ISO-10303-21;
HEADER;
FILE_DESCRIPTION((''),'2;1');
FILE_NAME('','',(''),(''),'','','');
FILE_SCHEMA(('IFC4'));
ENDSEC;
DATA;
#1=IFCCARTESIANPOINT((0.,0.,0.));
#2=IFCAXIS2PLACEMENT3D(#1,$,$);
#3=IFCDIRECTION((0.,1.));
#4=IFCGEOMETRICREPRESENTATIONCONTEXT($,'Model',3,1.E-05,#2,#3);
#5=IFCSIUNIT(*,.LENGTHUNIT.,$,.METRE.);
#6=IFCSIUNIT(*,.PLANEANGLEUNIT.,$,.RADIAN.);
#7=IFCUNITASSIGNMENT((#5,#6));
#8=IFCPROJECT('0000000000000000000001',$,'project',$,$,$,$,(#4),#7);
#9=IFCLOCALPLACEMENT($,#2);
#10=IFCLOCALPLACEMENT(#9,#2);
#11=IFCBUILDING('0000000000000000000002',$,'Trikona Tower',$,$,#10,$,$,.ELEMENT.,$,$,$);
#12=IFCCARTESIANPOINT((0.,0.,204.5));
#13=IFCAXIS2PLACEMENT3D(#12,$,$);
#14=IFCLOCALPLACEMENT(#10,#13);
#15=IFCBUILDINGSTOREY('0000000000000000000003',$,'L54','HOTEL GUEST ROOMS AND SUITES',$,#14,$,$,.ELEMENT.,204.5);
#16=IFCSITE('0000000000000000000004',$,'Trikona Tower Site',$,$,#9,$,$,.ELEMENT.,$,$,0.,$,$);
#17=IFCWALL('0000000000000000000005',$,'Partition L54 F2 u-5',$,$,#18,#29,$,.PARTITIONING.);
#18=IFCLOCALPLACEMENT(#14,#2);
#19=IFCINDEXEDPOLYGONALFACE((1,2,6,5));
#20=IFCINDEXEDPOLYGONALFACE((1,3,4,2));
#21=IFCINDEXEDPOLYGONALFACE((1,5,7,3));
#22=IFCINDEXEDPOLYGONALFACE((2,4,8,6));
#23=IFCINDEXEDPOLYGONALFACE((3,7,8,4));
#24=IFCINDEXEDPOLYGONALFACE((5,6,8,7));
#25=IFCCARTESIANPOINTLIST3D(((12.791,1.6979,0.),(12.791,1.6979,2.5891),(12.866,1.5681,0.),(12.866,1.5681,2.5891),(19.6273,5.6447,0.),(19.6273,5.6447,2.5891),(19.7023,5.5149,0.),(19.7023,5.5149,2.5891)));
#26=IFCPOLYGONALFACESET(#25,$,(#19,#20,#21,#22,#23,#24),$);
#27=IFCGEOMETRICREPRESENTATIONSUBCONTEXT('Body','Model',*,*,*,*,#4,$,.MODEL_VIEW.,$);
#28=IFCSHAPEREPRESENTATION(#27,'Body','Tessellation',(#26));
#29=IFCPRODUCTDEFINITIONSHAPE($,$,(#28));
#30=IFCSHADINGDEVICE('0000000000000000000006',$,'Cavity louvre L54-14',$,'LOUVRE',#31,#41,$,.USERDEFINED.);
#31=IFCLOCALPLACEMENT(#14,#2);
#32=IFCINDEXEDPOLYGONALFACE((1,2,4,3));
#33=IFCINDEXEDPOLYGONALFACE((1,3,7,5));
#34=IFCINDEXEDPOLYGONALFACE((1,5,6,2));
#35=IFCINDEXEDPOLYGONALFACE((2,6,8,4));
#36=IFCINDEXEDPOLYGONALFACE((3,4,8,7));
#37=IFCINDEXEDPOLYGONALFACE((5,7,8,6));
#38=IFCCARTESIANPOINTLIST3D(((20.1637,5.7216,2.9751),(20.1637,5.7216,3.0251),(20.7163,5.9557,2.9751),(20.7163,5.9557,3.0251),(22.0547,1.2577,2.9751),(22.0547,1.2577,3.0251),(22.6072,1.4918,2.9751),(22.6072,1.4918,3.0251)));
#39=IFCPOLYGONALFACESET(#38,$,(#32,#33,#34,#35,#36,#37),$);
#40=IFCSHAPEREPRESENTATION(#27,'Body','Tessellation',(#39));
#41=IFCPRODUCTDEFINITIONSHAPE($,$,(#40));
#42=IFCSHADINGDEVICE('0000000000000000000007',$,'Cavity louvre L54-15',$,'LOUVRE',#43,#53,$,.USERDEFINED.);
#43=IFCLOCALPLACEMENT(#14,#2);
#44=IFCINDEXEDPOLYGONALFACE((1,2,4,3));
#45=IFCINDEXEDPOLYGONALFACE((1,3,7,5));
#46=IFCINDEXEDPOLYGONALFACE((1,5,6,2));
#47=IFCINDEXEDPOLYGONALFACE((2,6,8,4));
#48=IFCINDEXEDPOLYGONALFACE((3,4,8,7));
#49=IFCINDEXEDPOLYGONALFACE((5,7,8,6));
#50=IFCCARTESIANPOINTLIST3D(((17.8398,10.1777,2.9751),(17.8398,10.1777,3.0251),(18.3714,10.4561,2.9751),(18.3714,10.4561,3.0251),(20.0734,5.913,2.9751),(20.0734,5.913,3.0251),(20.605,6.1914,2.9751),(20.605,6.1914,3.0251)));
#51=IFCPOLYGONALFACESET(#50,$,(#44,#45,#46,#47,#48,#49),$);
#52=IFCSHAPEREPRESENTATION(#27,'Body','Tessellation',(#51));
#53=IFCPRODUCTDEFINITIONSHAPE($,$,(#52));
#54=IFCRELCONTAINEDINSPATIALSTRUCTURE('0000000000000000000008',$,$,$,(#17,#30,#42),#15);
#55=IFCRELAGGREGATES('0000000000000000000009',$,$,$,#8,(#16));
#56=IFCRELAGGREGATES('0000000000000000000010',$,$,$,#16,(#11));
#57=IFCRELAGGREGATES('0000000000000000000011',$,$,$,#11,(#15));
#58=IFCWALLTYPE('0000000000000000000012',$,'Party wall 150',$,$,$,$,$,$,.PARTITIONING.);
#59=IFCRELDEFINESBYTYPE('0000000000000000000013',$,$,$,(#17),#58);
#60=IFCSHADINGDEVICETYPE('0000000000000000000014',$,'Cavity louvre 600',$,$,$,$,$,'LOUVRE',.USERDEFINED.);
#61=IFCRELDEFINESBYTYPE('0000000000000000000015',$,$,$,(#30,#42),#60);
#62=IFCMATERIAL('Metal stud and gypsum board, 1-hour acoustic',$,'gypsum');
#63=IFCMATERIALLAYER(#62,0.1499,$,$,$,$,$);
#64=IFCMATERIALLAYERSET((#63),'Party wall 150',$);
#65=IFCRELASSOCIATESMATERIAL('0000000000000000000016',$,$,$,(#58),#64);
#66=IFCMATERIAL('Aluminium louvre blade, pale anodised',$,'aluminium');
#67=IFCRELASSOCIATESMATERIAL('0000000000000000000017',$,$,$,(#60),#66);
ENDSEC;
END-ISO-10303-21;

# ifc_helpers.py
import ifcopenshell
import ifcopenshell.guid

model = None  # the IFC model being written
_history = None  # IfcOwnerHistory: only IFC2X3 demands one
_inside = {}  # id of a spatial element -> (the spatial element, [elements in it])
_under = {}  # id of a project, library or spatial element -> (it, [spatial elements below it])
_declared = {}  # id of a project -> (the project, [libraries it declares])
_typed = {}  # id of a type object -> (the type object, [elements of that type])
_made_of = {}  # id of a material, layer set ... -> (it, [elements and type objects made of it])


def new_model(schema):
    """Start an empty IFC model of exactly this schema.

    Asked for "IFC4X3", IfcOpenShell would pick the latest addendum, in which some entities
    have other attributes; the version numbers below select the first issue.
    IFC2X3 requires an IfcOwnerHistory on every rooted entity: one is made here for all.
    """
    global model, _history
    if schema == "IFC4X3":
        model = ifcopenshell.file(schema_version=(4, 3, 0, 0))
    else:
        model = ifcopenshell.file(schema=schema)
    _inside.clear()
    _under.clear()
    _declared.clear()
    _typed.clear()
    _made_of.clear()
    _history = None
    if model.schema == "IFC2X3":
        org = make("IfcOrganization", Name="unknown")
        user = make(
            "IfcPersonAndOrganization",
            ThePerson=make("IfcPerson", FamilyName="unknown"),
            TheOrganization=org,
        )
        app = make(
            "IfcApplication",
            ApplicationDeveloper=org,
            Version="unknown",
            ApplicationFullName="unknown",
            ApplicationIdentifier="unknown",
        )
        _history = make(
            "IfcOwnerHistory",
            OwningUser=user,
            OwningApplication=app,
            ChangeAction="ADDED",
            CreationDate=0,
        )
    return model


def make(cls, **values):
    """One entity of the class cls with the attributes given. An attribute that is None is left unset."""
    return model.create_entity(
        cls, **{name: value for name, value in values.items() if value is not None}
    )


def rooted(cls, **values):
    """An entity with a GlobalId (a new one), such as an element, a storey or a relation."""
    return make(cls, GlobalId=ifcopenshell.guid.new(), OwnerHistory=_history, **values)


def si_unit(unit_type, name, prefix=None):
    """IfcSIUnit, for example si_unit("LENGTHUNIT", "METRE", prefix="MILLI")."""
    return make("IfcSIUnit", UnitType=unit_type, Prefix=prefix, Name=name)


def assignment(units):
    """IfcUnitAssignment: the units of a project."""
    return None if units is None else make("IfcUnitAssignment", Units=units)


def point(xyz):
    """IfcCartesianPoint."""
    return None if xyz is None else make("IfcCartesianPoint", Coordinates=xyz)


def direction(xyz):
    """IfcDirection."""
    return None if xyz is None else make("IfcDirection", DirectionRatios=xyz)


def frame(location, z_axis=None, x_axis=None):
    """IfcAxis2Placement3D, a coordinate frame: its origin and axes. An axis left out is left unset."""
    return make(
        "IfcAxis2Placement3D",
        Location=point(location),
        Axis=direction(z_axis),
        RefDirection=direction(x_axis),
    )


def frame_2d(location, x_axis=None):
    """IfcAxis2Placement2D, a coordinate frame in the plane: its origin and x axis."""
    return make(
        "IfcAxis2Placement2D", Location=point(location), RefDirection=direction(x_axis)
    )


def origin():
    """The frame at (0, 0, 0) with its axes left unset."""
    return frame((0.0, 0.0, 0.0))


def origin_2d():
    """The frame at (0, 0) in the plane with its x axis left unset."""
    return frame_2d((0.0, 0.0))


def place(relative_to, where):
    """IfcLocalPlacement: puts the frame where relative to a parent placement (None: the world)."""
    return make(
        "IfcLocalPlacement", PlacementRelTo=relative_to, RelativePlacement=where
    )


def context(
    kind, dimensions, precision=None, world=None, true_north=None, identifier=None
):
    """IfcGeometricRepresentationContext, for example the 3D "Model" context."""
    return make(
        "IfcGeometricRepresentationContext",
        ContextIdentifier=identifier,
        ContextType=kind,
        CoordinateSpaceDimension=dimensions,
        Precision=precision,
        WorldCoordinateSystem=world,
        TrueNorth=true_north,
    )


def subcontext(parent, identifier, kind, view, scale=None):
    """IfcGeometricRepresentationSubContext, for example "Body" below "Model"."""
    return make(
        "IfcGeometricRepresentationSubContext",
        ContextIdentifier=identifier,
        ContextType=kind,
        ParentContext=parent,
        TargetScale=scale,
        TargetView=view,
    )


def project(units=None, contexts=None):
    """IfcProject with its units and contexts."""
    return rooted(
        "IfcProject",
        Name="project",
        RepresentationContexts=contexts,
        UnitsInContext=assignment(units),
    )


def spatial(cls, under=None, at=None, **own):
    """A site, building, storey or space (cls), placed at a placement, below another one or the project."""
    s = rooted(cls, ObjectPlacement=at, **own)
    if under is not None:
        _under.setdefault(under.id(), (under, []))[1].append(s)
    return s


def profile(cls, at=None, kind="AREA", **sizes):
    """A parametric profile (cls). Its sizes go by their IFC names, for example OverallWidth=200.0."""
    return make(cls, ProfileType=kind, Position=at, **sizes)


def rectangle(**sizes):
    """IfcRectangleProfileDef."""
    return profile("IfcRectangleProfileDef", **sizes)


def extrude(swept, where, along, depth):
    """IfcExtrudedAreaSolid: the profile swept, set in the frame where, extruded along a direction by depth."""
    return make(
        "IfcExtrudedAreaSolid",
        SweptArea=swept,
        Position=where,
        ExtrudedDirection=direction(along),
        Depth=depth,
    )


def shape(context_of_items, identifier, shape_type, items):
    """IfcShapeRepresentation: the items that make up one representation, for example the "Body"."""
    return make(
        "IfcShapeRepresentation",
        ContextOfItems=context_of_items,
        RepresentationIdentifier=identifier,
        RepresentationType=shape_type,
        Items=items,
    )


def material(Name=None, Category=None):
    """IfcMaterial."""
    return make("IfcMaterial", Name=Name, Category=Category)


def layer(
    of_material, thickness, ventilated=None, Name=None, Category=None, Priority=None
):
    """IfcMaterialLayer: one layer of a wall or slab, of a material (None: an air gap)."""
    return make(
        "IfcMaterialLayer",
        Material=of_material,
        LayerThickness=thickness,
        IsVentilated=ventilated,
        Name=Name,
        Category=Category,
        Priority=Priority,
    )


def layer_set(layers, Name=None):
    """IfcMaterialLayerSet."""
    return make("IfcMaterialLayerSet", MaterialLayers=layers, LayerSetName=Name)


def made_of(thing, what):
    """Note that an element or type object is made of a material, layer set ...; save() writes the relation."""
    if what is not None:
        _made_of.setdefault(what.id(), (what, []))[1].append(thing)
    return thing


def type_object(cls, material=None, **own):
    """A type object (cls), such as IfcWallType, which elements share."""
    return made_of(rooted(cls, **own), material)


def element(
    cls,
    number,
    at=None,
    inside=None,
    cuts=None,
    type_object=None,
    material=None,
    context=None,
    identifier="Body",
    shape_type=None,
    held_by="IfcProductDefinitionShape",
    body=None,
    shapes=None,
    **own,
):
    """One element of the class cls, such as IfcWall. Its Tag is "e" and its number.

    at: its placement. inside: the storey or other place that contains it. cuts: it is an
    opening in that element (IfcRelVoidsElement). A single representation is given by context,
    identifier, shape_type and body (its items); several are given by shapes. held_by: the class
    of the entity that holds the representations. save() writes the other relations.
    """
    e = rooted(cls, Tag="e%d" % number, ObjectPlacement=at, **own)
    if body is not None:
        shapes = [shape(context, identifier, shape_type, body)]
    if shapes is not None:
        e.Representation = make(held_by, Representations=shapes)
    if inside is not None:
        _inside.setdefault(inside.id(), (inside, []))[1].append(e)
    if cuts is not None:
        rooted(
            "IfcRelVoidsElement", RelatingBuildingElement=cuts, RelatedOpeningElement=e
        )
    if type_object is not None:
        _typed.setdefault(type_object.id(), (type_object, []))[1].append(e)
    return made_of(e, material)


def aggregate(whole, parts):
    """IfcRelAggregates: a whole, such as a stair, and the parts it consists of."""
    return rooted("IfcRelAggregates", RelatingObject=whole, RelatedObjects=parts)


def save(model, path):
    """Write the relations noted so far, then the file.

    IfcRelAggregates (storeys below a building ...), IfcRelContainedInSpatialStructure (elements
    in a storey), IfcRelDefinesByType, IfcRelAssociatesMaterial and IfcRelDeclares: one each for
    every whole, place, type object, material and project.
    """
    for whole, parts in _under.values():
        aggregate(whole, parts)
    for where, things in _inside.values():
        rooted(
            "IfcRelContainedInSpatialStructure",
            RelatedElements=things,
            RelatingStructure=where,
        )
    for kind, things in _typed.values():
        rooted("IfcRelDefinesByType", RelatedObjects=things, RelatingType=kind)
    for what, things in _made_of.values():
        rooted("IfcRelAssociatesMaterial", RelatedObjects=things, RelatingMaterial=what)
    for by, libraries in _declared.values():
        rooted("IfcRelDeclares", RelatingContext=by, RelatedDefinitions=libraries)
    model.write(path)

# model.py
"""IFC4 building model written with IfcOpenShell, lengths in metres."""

from ifc_helpers import new_model, si_unit, direction, frame, frame_2d, origin, origin_2d, place, context, subcontext, project, spatial, rectangle, extrude, material, layer, layer_set, type_object, element, save


model = new_model("IFC4")

# Units and contexts
model_context = context("Model", 3, precision=1e-05, world=origin(), true_north=direction((0.0, 1.0)))
body_context = subcontext(model_context, "Body", "Model", "MODEL_VIEW")
ifc_project = project(units=[si_unit("LENGTHUNIT", "METRE"), si_unit("PLANEANGLEUNIT", "RADIAN")], contexts=[model_context])

# Site, building, storey
site_placement = place(None, origin())
site = spatial("IfcSite", under=ifc_project, at=site_placement, Name="Trikona Tower Site", CompositionType="ELEMENT", RefElevation=0.0)
building_placement = place(site_placement, origin())
building = spatial("IfcBuilding", under=site, at=building_placement, Name="Trikona Tower", CompositionType="ELEMENT")
storey_placement = place(building_placement, frame((0.0, 0.0, 204.5)))
storey = spatial("IfcBuildingStorey", under=building, at=storey_placement, Name="L54", Description="HOTEL GUEST ROOMS AND SUITES", CompositionType="ELEMENT", Elevation=204.5)

# Wall
ifc_material_1 = material(Name="Metal stud and gypsum board, 1-hour acoustic", Category="gypsum")
ifc_layer_1 = layer(ifc_material_1, 0.1499)
ifc_layer_set_1 = layer_set([ifc_layer_1], Name="Party wall 150")
wall_type_1 = type_object("IfcWallType", Name="Party wall 150", PredefinedType="PARTITIONING", material=ifc_layer_set_1)
wall_1_placement = place(storey_placement, frame((12.8286, 1.6331, 0.0), z_axis=(0.0, 0.0, 1.0), x_axis=(0.866031, 0.499991, 0.0)))
element("IfcWall", 1, at=wall_1_placement, inside=storey, type_object=wall_type_1, Name="Partition L54 F2 u-5", PredefinedType="PARTITIONING", context=body_context, shape_type="SweptSolid", body=[
    extrude(rectangle(XDim=7.8938, YDim=0.1499, at=frame_2d((3.9468, 0.0))), origin(), (0.0, 0.0, 1.0), 2.5891),
])

# Shading devices
ifc_material_2 = material(Name="Aluminium louvre blade, pale anodised", Category="aluminium")
shading_device_type = type_object("IfcShadingDeviceType", Name="Cavity louvre 600", ElementType="LOUVRE", PredefinedType="USERDEFINED", material=ifc_material_2)
shading_device_1_placement = place(storey_placement, frame((21.3855, 3.6067, 2.9751), z_axis=(0.0, 0.0, 1.0), x_axis=(-0.390051, 0.920793, 0.0)))
element("IfcShadingDevice", 2, at=shading_device_1_placement, inside=storey, type_object=shading_device_type, Name="Cavity louvre L54-14", ObjectType="LOUVRE", PredefinedType="USERDEFINED", context=body_context, shape_type="SweptSolid", body=[
    extrude(rectangle(XDim=4.8479, YDim=0.6001, at=origin_2d()), origin(), (0.0, 0.0, 1.0), 0.05),
])
shading_device_2_placement = place(storey_placement, frame((19.2224, 8.1846, 2.9751), z_axis=(0.0, 0.0, 1.0), x_axis=(-0.463952, 0.88586, 0.0)))
element("IfcShadingDevice", 3, at=shading_device_2_placement, inside=storey, type_object=shading_device_type, Name="Cavity louvre L54-15", ObjectType="LOUVRE", PredefinedType="USERDEFINED", context=body_context, shape_type="SweptSolid", body=[
    extrude(rectangle(XDim=4.8142, YDim=0.6001, at=origin_2d()), origin(), (0.0, 0.0, 1.0), 0.05),
])

save(model, "model.ifc")
